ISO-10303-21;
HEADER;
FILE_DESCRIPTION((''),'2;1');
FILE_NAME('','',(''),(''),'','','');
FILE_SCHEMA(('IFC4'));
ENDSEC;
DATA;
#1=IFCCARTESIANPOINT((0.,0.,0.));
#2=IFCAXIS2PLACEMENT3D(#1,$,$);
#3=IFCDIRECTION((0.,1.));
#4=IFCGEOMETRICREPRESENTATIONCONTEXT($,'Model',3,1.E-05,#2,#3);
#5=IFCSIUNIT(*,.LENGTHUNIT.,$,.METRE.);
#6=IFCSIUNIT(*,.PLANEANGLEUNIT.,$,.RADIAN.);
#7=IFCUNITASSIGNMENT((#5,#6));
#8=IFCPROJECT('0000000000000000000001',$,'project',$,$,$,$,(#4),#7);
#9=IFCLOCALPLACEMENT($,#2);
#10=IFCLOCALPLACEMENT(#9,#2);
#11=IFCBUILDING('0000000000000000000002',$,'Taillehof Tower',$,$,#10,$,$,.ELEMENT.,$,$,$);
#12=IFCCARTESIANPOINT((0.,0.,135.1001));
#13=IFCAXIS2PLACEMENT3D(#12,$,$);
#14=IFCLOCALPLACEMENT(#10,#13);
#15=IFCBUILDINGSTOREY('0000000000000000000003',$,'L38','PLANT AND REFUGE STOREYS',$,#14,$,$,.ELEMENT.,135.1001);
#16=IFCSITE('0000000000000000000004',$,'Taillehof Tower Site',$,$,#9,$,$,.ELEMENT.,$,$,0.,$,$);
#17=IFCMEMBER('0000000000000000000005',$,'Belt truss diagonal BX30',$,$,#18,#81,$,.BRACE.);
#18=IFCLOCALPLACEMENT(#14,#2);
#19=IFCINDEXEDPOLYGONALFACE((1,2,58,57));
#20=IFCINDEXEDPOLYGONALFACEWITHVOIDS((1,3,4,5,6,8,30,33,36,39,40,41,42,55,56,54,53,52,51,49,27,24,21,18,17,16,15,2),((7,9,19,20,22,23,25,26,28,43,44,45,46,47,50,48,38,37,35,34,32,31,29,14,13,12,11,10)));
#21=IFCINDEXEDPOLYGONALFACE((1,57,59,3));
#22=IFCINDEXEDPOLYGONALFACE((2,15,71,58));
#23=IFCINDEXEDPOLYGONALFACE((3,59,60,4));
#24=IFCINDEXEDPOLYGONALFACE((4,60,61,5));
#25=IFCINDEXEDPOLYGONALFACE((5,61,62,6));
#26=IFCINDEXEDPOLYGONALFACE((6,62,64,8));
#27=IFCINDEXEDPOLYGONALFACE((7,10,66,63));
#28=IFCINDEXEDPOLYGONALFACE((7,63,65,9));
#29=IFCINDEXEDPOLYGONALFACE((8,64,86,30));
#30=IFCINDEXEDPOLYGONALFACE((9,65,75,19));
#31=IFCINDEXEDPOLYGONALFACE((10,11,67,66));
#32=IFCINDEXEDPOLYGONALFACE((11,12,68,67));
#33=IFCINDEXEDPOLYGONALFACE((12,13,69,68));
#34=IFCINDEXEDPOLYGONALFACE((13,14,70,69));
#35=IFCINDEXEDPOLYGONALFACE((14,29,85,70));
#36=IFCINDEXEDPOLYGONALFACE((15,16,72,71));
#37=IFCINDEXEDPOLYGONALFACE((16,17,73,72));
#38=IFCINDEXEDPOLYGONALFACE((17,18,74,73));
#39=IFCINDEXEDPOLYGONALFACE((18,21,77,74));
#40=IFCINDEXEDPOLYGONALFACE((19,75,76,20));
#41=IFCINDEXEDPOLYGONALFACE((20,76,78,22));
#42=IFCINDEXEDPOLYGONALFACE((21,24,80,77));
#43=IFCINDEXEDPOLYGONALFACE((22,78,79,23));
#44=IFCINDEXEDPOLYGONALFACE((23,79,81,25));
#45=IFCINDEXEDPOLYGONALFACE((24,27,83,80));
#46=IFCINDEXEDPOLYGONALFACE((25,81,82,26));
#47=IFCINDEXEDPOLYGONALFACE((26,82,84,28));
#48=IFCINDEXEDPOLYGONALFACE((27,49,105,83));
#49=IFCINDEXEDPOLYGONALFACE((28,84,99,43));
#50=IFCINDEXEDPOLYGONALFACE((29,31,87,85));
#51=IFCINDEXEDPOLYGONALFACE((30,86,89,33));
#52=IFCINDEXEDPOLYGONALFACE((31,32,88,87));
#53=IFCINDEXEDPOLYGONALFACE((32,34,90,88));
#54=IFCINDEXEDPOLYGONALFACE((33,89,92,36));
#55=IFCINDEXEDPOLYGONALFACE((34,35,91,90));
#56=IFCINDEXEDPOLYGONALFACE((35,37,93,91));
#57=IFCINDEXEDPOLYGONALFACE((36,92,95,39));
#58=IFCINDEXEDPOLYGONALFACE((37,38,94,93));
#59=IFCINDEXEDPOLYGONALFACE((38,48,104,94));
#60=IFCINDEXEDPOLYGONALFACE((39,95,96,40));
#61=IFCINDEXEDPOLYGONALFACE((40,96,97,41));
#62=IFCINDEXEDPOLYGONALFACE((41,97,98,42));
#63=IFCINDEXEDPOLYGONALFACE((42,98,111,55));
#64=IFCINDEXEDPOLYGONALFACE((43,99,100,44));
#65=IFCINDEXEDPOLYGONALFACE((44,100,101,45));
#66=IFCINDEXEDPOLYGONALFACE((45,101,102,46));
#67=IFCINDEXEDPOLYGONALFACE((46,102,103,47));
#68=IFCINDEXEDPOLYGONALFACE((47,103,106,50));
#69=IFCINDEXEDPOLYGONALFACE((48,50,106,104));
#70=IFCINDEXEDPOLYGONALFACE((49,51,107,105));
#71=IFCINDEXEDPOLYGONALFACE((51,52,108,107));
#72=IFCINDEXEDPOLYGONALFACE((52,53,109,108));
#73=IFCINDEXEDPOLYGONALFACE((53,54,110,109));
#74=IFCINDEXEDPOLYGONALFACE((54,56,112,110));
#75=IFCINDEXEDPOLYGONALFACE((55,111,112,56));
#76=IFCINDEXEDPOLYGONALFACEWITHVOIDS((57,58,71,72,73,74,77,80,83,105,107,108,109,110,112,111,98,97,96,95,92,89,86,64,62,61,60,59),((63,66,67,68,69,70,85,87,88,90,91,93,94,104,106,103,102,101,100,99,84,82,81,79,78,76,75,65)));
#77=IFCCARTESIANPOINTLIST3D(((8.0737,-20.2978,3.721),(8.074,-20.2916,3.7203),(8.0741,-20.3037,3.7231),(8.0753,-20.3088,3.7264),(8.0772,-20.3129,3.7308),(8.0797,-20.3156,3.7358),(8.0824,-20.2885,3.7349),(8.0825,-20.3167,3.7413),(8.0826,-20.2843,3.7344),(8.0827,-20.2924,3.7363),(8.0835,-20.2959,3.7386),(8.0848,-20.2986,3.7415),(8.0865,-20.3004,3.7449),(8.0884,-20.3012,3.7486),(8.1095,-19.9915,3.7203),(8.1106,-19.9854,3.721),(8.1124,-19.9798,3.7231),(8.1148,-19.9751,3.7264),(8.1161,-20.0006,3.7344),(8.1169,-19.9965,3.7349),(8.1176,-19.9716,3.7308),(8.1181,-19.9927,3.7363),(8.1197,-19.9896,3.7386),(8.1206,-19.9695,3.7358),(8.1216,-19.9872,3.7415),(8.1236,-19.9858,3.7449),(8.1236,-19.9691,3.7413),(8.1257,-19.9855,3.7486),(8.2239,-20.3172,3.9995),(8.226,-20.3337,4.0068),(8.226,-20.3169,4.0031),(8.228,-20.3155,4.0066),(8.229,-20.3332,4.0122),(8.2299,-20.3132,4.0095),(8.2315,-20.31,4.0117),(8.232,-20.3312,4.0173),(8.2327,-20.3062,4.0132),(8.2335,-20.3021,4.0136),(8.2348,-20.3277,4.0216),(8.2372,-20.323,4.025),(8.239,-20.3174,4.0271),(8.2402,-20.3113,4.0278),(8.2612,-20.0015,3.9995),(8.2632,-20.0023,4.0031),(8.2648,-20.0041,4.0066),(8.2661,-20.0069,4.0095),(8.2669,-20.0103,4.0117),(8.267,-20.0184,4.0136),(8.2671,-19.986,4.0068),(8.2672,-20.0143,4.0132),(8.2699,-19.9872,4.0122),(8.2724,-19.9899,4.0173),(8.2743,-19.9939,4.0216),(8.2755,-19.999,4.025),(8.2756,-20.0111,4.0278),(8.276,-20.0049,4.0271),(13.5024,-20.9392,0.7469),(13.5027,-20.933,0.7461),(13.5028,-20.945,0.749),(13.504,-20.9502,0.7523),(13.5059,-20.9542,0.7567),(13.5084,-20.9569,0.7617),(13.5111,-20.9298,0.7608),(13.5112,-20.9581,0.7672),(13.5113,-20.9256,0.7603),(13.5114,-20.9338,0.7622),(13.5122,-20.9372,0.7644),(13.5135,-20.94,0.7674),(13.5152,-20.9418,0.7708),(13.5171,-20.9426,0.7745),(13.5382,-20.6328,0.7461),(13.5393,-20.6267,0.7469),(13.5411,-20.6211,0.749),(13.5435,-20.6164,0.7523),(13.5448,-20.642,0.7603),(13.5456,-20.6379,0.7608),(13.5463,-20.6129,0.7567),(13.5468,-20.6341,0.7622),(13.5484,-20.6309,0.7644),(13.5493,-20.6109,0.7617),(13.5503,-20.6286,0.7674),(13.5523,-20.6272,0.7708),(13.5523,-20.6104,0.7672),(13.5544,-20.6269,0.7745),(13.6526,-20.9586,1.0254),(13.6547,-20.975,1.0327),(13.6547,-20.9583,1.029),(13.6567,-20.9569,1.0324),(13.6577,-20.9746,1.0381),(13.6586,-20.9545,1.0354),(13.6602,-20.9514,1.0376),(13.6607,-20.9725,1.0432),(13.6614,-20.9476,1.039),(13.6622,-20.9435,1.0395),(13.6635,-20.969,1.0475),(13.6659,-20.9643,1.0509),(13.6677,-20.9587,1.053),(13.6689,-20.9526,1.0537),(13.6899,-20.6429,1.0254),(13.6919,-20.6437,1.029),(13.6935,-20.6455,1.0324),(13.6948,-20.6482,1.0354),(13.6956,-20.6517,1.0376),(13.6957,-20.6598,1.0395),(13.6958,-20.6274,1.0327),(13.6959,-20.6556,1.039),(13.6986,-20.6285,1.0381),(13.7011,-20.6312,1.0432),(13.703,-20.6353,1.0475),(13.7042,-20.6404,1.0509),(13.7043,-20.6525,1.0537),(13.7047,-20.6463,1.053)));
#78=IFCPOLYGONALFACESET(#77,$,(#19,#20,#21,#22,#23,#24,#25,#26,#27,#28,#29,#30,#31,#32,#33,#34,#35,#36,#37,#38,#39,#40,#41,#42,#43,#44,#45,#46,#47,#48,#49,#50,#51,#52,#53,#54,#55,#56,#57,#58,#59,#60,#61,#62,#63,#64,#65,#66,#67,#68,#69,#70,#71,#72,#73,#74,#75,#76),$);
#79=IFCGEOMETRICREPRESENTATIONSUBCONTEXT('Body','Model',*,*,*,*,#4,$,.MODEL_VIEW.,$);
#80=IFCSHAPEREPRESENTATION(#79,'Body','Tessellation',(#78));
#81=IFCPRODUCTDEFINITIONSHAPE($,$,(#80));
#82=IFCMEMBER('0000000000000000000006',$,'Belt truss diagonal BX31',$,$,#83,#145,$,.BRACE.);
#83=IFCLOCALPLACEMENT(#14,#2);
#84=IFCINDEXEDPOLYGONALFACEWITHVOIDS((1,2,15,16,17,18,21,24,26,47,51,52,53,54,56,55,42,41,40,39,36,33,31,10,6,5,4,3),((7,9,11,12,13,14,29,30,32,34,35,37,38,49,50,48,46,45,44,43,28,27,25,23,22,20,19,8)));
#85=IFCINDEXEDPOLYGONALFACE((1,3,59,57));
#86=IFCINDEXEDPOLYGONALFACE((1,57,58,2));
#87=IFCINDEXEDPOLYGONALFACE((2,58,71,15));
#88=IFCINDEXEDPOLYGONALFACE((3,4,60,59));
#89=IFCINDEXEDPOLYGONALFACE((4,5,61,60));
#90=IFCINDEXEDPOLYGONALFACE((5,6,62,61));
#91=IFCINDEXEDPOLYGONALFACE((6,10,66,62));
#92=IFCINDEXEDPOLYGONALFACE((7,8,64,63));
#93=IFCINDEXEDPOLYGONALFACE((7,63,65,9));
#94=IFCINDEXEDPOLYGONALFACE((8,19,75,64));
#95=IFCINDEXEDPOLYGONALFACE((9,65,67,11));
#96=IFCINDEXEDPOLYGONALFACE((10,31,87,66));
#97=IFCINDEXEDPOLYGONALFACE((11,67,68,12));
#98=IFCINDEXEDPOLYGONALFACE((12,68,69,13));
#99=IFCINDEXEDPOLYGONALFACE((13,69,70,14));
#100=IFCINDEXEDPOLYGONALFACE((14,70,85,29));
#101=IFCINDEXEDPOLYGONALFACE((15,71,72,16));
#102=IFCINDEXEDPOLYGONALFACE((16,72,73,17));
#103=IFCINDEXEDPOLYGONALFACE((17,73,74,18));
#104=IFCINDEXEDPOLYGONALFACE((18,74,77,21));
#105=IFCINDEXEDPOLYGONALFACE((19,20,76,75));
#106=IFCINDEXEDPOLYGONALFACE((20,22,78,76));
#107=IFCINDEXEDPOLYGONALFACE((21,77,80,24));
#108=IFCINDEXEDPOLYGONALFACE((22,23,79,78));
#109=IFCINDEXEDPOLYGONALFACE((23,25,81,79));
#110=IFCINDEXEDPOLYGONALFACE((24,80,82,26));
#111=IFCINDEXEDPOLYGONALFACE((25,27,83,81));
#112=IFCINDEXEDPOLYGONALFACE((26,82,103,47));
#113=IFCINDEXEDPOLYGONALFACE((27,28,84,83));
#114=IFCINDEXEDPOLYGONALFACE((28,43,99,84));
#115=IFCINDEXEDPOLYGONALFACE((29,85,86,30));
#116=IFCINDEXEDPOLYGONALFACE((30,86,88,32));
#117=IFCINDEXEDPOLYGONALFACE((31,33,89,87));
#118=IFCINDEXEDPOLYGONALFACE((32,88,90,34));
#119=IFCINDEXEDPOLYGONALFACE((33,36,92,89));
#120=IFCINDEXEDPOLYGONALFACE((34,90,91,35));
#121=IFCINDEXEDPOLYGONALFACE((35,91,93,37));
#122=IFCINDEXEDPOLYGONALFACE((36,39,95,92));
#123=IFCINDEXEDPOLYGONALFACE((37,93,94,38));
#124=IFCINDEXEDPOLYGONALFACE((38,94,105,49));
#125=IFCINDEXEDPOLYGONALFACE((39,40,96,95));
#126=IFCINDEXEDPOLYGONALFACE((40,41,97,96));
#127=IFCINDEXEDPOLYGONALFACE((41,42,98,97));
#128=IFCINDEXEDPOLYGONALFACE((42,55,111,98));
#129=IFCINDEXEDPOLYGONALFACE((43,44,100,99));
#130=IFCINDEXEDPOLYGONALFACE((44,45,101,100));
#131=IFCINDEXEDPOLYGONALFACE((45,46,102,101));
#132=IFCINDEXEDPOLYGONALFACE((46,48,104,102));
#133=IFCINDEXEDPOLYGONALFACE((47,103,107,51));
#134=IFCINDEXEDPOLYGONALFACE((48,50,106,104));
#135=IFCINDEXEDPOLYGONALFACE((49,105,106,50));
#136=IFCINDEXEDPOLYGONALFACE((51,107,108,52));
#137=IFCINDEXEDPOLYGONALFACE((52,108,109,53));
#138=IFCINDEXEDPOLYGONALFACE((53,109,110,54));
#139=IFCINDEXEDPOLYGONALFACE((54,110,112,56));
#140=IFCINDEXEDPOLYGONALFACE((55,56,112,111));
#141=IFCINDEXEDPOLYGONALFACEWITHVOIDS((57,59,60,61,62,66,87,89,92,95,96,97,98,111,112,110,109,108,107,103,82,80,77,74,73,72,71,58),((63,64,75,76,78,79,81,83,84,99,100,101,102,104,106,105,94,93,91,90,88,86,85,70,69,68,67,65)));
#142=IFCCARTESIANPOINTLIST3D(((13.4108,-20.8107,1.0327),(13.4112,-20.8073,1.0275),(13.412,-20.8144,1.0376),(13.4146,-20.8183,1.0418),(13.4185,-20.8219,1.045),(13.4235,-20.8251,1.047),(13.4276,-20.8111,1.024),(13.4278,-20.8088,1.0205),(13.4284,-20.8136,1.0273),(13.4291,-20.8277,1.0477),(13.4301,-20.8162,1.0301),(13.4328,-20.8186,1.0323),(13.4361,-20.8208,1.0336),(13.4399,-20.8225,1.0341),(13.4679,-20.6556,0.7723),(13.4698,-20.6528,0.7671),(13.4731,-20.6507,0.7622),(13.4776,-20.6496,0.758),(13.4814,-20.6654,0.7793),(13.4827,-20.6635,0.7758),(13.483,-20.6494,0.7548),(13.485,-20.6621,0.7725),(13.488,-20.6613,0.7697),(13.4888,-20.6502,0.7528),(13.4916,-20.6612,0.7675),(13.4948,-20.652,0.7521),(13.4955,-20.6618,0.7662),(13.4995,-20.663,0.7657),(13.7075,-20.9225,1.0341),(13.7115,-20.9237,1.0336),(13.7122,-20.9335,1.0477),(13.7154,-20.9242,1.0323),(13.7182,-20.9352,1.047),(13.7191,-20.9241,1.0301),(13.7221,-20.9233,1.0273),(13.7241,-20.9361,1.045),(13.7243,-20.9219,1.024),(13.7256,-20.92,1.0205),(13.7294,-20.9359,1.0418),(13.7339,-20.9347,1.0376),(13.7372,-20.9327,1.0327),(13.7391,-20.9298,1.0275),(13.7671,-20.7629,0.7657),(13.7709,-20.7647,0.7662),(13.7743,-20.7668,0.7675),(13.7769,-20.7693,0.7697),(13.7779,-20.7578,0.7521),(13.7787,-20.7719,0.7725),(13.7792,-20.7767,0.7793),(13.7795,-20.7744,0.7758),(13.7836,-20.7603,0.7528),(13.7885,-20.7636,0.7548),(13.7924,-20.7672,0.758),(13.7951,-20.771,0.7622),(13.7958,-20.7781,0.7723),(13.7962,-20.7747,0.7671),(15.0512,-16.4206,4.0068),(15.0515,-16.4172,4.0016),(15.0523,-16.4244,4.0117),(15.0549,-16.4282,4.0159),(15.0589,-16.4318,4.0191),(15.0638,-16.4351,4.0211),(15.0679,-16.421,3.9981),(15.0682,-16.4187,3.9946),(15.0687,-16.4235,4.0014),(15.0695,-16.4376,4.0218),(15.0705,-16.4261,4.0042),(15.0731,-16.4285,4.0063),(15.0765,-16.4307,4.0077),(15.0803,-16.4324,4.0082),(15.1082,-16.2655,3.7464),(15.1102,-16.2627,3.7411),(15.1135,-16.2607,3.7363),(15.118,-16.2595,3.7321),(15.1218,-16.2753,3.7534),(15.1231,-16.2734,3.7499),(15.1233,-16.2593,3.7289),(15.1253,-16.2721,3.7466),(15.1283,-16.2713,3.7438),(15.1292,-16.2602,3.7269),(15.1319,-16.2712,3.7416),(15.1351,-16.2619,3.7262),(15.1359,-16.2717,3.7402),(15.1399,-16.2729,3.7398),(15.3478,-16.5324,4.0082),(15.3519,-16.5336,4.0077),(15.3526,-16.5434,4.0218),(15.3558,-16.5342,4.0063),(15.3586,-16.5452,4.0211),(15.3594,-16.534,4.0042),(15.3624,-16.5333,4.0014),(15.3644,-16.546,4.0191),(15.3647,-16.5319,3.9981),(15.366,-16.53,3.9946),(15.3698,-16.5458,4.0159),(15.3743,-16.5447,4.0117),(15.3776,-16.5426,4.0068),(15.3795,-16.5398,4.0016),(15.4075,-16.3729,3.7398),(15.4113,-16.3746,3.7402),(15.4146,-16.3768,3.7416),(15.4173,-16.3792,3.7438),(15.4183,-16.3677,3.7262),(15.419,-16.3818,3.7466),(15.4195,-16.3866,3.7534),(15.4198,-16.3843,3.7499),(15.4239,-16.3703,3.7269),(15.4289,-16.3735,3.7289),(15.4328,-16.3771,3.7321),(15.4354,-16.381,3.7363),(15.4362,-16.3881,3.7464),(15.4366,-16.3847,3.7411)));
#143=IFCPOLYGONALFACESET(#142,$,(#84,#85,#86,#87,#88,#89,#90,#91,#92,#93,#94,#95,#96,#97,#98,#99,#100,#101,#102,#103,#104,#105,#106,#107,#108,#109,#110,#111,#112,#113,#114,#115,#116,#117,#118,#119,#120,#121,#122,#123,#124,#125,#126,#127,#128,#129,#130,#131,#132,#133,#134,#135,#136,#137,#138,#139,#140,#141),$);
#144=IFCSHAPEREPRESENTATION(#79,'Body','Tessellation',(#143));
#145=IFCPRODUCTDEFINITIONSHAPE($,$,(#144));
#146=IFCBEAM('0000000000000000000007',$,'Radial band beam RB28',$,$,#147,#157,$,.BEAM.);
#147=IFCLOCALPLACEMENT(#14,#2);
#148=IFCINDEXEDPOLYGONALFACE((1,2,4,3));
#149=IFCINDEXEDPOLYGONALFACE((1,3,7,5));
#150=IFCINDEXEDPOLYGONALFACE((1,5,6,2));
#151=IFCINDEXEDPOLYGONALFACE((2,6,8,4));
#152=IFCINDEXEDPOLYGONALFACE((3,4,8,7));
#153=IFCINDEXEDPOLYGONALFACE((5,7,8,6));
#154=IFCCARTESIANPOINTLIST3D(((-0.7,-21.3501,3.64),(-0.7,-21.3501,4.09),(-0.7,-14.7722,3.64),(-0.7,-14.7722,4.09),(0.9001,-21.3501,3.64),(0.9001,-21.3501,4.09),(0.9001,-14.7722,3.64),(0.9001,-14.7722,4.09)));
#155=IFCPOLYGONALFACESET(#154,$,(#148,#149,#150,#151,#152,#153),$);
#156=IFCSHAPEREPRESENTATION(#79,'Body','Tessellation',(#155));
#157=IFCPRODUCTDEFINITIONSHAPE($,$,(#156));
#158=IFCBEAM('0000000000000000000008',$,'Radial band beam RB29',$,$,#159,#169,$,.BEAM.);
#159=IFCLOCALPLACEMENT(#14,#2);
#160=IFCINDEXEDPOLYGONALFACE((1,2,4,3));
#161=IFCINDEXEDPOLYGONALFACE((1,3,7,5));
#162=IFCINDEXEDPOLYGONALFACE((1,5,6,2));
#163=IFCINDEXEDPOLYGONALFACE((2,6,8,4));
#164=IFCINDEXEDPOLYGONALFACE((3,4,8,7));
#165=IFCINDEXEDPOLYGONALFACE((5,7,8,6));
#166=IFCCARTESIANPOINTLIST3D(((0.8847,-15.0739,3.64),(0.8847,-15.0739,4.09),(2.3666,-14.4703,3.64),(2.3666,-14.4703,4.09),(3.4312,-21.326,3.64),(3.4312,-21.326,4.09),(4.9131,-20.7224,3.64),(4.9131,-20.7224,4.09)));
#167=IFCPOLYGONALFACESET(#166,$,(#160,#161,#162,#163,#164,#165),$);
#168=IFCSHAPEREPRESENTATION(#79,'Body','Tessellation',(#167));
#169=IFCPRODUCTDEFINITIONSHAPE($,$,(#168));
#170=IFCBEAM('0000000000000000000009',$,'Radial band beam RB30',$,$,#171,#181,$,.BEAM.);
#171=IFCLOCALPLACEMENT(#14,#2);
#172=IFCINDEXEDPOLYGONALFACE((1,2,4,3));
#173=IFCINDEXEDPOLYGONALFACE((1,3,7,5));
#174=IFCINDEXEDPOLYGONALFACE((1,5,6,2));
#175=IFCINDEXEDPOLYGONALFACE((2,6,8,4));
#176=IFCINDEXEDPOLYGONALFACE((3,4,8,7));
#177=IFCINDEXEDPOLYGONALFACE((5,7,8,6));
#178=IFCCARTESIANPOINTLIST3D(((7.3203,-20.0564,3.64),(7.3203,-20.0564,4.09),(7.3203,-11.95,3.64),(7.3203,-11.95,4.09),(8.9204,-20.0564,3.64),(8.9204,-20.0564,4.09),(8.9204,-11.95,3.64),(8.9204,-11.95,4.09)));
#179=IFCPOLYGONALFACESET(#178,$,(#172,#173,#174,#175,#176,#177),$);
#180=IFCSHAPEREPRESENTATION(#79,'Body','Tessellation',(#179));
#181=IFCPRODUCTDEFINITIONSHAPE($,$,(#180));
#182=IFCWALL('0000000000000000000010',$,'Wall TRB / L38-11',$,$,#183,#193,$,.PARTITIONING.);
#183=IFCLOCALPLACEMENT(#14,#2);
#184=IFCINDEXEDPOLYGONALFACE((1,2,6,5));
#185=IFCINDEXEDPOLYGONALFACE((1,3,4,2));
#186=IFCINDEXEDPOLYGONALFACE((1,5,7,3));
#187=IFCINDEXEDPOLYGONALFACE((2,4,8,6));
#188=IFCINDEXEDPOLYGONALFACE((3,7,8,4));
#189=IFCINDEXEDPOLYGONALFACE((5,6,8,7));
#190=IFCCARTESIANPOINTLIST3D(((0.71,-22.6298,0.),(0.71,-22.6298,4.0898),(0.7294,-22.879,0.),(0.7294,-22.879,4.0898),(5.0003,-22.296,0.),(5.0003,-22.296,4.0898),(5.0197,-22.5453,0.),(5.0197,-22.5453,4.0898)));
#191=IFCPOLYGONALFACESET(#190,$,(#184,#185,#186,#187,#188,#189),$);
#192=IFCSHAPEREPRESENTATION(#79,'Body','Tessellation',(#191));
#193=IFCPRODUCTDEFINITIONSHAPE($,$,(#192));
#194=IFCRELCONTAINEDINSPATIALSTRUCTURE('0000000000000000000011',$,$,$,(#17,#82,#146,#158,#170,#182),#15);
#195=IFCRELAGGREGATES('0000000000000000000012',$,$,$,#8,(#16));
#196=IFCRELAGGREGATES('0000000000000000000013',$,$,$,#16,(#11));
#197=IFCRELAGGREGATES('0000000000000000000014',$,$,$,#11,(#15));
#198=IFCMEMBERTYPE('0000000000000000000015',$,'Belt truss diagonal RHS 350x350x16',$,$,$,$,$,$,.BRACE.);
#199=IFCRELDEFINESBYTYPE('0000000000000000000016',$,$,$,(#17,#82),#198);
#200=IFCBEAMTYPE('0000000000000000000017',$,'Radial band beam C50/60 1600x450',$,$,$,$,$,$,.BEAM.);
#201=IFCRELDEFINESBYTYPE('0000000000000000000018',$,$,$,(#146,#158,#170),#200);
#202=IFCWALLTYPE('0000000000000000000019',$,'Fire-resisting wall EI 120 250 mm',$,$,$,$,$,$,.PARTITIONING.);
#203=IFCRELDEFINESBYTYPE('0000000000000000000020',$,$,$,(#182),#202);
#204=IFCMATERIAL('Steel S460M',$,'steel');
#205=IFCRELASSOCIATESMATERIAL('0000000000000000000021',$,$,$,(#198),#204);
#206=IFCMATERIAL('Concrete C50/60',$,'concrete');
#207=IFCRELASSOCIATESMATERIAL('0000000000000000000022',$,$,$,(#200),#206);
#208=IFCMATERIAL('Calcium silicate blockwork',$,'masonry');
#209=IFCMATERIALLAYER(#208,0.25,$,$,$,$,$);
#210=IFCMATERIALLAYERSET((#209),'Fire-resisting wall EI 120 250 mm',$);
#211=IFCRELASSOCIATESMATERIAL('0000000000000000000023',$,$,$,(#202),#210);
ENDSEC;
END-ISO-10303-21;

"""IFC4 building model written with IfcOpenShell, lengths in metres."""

from ifc_helpers import new_model, si_unit, direction, frame, frame_2d, origin, origin_2d, place, context, subcontext, project, spatial, rectangle, hollow_rectangle, extrude, material, layer, layer_set, material_profile, profile_set, type_object, element, save


model = new_model("IFC4")

# Units and contexts
model_context = context("Model", 3, precision=1e-05, world=origin(), true_north=direction((0.0, 1.0)))
body_context = subcontext(model_context, "Body", "Model", "MODEL_VIEW")
ifc_project = project(units=[si_unit("LENGTHUNIT", "METRE"), si_unit("PLANEANGLEUNIT", "RADIAN")], contexts=[model_context])

# Site, building, storey
site_placement = place(None, origin())
site = spatial("IfcSite", under=ifc_project, at=site_placement, Name="Taillehof Tower Site", CompositionType="ELEMENT", RefElevation=0.0)
building_placement = place(site_placement, origin())
building = spatial("IfcBuilding", under=site, at=building_placement, Name="Taillehof Tower", CompositionType="ELEMENT")
storey_placement = place(building_placement, frame((0.0, 0.0, 135.1001)))
storey = spatial("IfcBuildingStorey", under=building, at=storey_placement, Name="L38", Description="PLANT AND REFUGE STOREYS", CompositionType="ELEMENT", Elevation=135.1001)

# Members
ifc_material_1 = material(Name="Steel S460M", Category="steel")
ifc_material_profile_1 = material_profile(ifc_material_1, hollow_rectangle(XDim=0.3501, YDim=0.3501, WallThickness=0.0161, InnerFilletRadius=0.0161, OuterFilletRadius=0.0239, at=origin_2d()), Name="RHS 350x350x16")
ifc_profile_set_1 = profile_set([ifc_material_profile_1], Name="Steel S460M")
member_type_1 = type_object("IfcMemberType", Name="Belt truss diagonal RHS 350x350x16", PredefinedType="BRACE", material=ifc_profile_set_1)
member_1_placement = place(storey_placement, frame((8.1748, -20.1514, 3.874), z_axis=(0.872341, -0.10306, -0.477912), x_axis=(0.117326, 0.993093, 0.0)))
element("IfcMember", 1, at=member_1_placement, inside=storey, type_object=member_type_1, Name="Belt truss diagonal BX30", PredefinedType="BRACE", context=body_context, shape_type="SweptSolid", body=[
    extrude(hollow_rectangle(XDim=0.3501, YDim=0.3501, WallThickness=0.0161, InnerFilletRadius=0.0161, OuterFilletRadius=0.0239, at=origin_2d()), origin(), (0.0, 0.0, 1.0), 6.2231),
])
member_2_placement = place(storey_placement, frame((13.6035, -20.7927, 0.8999), z_axis=(0.29553, 0.790925, 0.535816), x_axis=(-0.936744, 0.350016, 0.0)))
element("IfcMember", 2, at=member_2_placement, inside=storey, type_object=member_type_1, Name="Belt truss diagonal BX31", PredefinedType="BRACE", context=body_context, shape_type="SweptSolid", body=[
    extrude(hollow_rectangle(XDim=0.3501, YDim=0.3501, WallThickness=0.0161, InnerFilletRadius=0.0161, OuterFilletRadius=0.0239, at=origin_2d()), origin(), (0.0, 0.0, 1.0), 5.5505),
])

# Beams
ifc_material_2 = material(Name="Concrete C50/60", Category="concrete")
ifc_material_profile_2 = material_profile(ifc_material_2, rectangle(XDim=1.6001, YDim=0.45, at=origin_2d()), Name="RC 1600x450")
ifc_profile_set_2 = profile_set([ifc_material_profile_2], Name="Concrete C50/60")
beam_type = type_object("IfcBeamType", Name="Radial band beam C50/60 1600x450", PredefinedType="BEAM", material=ifc_profile_set_2)
beam_1_placement = place(storey_placement, frame((0.1001, -21.3501, 3.865), z_axis=(0.0, 1.0, 0.0), x_axis=(-1.0, 0.0, 0.0)))
element("IfcBeam", 3, at=beam_1_placement, inside=storey, type_object=beam_type, Name="Radial band beam RB28", PredefinedType="BEAM", context=body_context, shape_type="SweptSolid", body=[
    extrude(rectangle(XDim=1.6001, YDim=0.45, at=origin_2d()), origin(), (0.0, 0.0, 1.0), 6.5779),
])
beam_2_placement = place(storey_placement, frame((4.1721, -21.0242, 3.865), z_axis=(-0.377207, 0.926129, 0.0), x_axis=(-0.926129, -0.377207, 0.0)))
element("IfcBeam", 4, at=beam_2_placement, inside=storey, type_object=beam_type, Name="Radial band beam RB29", PredefinedType="BEAM", context=body_context, shape_type="SweptSolid", body=[
    extrude(rectangle(XDim=1.6001, YDim=0.45, at=origin_2d()), origin(), (0.0, 0.0, 1.0), 6.7507),
])
beam_3_placement = place(storey_placement, frame((8.1204, -20.0564, 3.865), z_axis=(0.0, 1.0, 0.0), x_axis=(-1.0, 0.0, 0.0)))
element("IfcBeam", 5, at=beam_3_placement, inside=storey, type_object=beam_type, Name="Radial band beam RB30", PredefinedType="BEAM", context=body_context, shape_type="SweptSolid", body=[
    extrude(rectangle(XDim=1.6001, YDim=0.45, at=origin_2d()), origin(), (0.0, 0.0, 1.0), 8.1064),
])

# Wall
ifc_material_3 = material(Name="Calcium silicate blockwork", Category="masonry")
ifc_layer_1 = layer(ifc_material_3, 0.25)
ifc_layer_set_1 = layer_set([ifc_layer_1], Name="Fire-resisting wall EI 120 250 mm")
wall_type = type_object("IfcWallType", Name="Fire-resisting wall EI 120 250 mm", PredefinedType="PARTITIONING", material=ifc_layer_set_1)
wall_1_placement = place(storey_placement, frame((0.7197, -22.7544, 0.0), z_axis=(0.0, 0.0, 1.0), x_axis=(0.996988, 0.077555, 0.0)))
element("IfcWall", 6, at=wall_1_placement, inside=storey, type_object=wall_type, Name="Wall TRB / L38-11", PredefinedType="PARTITIONING", context=body_context, shape_type="SweptSolid", body=[
    extrude(rectangle(XDim=4.3032, YDim=0.25, at=frame_2d((2.1516, 0.0))), origin(), (0.0, 0.0, 1.0), 4.0898),
])

save(model, "model.ifc")
